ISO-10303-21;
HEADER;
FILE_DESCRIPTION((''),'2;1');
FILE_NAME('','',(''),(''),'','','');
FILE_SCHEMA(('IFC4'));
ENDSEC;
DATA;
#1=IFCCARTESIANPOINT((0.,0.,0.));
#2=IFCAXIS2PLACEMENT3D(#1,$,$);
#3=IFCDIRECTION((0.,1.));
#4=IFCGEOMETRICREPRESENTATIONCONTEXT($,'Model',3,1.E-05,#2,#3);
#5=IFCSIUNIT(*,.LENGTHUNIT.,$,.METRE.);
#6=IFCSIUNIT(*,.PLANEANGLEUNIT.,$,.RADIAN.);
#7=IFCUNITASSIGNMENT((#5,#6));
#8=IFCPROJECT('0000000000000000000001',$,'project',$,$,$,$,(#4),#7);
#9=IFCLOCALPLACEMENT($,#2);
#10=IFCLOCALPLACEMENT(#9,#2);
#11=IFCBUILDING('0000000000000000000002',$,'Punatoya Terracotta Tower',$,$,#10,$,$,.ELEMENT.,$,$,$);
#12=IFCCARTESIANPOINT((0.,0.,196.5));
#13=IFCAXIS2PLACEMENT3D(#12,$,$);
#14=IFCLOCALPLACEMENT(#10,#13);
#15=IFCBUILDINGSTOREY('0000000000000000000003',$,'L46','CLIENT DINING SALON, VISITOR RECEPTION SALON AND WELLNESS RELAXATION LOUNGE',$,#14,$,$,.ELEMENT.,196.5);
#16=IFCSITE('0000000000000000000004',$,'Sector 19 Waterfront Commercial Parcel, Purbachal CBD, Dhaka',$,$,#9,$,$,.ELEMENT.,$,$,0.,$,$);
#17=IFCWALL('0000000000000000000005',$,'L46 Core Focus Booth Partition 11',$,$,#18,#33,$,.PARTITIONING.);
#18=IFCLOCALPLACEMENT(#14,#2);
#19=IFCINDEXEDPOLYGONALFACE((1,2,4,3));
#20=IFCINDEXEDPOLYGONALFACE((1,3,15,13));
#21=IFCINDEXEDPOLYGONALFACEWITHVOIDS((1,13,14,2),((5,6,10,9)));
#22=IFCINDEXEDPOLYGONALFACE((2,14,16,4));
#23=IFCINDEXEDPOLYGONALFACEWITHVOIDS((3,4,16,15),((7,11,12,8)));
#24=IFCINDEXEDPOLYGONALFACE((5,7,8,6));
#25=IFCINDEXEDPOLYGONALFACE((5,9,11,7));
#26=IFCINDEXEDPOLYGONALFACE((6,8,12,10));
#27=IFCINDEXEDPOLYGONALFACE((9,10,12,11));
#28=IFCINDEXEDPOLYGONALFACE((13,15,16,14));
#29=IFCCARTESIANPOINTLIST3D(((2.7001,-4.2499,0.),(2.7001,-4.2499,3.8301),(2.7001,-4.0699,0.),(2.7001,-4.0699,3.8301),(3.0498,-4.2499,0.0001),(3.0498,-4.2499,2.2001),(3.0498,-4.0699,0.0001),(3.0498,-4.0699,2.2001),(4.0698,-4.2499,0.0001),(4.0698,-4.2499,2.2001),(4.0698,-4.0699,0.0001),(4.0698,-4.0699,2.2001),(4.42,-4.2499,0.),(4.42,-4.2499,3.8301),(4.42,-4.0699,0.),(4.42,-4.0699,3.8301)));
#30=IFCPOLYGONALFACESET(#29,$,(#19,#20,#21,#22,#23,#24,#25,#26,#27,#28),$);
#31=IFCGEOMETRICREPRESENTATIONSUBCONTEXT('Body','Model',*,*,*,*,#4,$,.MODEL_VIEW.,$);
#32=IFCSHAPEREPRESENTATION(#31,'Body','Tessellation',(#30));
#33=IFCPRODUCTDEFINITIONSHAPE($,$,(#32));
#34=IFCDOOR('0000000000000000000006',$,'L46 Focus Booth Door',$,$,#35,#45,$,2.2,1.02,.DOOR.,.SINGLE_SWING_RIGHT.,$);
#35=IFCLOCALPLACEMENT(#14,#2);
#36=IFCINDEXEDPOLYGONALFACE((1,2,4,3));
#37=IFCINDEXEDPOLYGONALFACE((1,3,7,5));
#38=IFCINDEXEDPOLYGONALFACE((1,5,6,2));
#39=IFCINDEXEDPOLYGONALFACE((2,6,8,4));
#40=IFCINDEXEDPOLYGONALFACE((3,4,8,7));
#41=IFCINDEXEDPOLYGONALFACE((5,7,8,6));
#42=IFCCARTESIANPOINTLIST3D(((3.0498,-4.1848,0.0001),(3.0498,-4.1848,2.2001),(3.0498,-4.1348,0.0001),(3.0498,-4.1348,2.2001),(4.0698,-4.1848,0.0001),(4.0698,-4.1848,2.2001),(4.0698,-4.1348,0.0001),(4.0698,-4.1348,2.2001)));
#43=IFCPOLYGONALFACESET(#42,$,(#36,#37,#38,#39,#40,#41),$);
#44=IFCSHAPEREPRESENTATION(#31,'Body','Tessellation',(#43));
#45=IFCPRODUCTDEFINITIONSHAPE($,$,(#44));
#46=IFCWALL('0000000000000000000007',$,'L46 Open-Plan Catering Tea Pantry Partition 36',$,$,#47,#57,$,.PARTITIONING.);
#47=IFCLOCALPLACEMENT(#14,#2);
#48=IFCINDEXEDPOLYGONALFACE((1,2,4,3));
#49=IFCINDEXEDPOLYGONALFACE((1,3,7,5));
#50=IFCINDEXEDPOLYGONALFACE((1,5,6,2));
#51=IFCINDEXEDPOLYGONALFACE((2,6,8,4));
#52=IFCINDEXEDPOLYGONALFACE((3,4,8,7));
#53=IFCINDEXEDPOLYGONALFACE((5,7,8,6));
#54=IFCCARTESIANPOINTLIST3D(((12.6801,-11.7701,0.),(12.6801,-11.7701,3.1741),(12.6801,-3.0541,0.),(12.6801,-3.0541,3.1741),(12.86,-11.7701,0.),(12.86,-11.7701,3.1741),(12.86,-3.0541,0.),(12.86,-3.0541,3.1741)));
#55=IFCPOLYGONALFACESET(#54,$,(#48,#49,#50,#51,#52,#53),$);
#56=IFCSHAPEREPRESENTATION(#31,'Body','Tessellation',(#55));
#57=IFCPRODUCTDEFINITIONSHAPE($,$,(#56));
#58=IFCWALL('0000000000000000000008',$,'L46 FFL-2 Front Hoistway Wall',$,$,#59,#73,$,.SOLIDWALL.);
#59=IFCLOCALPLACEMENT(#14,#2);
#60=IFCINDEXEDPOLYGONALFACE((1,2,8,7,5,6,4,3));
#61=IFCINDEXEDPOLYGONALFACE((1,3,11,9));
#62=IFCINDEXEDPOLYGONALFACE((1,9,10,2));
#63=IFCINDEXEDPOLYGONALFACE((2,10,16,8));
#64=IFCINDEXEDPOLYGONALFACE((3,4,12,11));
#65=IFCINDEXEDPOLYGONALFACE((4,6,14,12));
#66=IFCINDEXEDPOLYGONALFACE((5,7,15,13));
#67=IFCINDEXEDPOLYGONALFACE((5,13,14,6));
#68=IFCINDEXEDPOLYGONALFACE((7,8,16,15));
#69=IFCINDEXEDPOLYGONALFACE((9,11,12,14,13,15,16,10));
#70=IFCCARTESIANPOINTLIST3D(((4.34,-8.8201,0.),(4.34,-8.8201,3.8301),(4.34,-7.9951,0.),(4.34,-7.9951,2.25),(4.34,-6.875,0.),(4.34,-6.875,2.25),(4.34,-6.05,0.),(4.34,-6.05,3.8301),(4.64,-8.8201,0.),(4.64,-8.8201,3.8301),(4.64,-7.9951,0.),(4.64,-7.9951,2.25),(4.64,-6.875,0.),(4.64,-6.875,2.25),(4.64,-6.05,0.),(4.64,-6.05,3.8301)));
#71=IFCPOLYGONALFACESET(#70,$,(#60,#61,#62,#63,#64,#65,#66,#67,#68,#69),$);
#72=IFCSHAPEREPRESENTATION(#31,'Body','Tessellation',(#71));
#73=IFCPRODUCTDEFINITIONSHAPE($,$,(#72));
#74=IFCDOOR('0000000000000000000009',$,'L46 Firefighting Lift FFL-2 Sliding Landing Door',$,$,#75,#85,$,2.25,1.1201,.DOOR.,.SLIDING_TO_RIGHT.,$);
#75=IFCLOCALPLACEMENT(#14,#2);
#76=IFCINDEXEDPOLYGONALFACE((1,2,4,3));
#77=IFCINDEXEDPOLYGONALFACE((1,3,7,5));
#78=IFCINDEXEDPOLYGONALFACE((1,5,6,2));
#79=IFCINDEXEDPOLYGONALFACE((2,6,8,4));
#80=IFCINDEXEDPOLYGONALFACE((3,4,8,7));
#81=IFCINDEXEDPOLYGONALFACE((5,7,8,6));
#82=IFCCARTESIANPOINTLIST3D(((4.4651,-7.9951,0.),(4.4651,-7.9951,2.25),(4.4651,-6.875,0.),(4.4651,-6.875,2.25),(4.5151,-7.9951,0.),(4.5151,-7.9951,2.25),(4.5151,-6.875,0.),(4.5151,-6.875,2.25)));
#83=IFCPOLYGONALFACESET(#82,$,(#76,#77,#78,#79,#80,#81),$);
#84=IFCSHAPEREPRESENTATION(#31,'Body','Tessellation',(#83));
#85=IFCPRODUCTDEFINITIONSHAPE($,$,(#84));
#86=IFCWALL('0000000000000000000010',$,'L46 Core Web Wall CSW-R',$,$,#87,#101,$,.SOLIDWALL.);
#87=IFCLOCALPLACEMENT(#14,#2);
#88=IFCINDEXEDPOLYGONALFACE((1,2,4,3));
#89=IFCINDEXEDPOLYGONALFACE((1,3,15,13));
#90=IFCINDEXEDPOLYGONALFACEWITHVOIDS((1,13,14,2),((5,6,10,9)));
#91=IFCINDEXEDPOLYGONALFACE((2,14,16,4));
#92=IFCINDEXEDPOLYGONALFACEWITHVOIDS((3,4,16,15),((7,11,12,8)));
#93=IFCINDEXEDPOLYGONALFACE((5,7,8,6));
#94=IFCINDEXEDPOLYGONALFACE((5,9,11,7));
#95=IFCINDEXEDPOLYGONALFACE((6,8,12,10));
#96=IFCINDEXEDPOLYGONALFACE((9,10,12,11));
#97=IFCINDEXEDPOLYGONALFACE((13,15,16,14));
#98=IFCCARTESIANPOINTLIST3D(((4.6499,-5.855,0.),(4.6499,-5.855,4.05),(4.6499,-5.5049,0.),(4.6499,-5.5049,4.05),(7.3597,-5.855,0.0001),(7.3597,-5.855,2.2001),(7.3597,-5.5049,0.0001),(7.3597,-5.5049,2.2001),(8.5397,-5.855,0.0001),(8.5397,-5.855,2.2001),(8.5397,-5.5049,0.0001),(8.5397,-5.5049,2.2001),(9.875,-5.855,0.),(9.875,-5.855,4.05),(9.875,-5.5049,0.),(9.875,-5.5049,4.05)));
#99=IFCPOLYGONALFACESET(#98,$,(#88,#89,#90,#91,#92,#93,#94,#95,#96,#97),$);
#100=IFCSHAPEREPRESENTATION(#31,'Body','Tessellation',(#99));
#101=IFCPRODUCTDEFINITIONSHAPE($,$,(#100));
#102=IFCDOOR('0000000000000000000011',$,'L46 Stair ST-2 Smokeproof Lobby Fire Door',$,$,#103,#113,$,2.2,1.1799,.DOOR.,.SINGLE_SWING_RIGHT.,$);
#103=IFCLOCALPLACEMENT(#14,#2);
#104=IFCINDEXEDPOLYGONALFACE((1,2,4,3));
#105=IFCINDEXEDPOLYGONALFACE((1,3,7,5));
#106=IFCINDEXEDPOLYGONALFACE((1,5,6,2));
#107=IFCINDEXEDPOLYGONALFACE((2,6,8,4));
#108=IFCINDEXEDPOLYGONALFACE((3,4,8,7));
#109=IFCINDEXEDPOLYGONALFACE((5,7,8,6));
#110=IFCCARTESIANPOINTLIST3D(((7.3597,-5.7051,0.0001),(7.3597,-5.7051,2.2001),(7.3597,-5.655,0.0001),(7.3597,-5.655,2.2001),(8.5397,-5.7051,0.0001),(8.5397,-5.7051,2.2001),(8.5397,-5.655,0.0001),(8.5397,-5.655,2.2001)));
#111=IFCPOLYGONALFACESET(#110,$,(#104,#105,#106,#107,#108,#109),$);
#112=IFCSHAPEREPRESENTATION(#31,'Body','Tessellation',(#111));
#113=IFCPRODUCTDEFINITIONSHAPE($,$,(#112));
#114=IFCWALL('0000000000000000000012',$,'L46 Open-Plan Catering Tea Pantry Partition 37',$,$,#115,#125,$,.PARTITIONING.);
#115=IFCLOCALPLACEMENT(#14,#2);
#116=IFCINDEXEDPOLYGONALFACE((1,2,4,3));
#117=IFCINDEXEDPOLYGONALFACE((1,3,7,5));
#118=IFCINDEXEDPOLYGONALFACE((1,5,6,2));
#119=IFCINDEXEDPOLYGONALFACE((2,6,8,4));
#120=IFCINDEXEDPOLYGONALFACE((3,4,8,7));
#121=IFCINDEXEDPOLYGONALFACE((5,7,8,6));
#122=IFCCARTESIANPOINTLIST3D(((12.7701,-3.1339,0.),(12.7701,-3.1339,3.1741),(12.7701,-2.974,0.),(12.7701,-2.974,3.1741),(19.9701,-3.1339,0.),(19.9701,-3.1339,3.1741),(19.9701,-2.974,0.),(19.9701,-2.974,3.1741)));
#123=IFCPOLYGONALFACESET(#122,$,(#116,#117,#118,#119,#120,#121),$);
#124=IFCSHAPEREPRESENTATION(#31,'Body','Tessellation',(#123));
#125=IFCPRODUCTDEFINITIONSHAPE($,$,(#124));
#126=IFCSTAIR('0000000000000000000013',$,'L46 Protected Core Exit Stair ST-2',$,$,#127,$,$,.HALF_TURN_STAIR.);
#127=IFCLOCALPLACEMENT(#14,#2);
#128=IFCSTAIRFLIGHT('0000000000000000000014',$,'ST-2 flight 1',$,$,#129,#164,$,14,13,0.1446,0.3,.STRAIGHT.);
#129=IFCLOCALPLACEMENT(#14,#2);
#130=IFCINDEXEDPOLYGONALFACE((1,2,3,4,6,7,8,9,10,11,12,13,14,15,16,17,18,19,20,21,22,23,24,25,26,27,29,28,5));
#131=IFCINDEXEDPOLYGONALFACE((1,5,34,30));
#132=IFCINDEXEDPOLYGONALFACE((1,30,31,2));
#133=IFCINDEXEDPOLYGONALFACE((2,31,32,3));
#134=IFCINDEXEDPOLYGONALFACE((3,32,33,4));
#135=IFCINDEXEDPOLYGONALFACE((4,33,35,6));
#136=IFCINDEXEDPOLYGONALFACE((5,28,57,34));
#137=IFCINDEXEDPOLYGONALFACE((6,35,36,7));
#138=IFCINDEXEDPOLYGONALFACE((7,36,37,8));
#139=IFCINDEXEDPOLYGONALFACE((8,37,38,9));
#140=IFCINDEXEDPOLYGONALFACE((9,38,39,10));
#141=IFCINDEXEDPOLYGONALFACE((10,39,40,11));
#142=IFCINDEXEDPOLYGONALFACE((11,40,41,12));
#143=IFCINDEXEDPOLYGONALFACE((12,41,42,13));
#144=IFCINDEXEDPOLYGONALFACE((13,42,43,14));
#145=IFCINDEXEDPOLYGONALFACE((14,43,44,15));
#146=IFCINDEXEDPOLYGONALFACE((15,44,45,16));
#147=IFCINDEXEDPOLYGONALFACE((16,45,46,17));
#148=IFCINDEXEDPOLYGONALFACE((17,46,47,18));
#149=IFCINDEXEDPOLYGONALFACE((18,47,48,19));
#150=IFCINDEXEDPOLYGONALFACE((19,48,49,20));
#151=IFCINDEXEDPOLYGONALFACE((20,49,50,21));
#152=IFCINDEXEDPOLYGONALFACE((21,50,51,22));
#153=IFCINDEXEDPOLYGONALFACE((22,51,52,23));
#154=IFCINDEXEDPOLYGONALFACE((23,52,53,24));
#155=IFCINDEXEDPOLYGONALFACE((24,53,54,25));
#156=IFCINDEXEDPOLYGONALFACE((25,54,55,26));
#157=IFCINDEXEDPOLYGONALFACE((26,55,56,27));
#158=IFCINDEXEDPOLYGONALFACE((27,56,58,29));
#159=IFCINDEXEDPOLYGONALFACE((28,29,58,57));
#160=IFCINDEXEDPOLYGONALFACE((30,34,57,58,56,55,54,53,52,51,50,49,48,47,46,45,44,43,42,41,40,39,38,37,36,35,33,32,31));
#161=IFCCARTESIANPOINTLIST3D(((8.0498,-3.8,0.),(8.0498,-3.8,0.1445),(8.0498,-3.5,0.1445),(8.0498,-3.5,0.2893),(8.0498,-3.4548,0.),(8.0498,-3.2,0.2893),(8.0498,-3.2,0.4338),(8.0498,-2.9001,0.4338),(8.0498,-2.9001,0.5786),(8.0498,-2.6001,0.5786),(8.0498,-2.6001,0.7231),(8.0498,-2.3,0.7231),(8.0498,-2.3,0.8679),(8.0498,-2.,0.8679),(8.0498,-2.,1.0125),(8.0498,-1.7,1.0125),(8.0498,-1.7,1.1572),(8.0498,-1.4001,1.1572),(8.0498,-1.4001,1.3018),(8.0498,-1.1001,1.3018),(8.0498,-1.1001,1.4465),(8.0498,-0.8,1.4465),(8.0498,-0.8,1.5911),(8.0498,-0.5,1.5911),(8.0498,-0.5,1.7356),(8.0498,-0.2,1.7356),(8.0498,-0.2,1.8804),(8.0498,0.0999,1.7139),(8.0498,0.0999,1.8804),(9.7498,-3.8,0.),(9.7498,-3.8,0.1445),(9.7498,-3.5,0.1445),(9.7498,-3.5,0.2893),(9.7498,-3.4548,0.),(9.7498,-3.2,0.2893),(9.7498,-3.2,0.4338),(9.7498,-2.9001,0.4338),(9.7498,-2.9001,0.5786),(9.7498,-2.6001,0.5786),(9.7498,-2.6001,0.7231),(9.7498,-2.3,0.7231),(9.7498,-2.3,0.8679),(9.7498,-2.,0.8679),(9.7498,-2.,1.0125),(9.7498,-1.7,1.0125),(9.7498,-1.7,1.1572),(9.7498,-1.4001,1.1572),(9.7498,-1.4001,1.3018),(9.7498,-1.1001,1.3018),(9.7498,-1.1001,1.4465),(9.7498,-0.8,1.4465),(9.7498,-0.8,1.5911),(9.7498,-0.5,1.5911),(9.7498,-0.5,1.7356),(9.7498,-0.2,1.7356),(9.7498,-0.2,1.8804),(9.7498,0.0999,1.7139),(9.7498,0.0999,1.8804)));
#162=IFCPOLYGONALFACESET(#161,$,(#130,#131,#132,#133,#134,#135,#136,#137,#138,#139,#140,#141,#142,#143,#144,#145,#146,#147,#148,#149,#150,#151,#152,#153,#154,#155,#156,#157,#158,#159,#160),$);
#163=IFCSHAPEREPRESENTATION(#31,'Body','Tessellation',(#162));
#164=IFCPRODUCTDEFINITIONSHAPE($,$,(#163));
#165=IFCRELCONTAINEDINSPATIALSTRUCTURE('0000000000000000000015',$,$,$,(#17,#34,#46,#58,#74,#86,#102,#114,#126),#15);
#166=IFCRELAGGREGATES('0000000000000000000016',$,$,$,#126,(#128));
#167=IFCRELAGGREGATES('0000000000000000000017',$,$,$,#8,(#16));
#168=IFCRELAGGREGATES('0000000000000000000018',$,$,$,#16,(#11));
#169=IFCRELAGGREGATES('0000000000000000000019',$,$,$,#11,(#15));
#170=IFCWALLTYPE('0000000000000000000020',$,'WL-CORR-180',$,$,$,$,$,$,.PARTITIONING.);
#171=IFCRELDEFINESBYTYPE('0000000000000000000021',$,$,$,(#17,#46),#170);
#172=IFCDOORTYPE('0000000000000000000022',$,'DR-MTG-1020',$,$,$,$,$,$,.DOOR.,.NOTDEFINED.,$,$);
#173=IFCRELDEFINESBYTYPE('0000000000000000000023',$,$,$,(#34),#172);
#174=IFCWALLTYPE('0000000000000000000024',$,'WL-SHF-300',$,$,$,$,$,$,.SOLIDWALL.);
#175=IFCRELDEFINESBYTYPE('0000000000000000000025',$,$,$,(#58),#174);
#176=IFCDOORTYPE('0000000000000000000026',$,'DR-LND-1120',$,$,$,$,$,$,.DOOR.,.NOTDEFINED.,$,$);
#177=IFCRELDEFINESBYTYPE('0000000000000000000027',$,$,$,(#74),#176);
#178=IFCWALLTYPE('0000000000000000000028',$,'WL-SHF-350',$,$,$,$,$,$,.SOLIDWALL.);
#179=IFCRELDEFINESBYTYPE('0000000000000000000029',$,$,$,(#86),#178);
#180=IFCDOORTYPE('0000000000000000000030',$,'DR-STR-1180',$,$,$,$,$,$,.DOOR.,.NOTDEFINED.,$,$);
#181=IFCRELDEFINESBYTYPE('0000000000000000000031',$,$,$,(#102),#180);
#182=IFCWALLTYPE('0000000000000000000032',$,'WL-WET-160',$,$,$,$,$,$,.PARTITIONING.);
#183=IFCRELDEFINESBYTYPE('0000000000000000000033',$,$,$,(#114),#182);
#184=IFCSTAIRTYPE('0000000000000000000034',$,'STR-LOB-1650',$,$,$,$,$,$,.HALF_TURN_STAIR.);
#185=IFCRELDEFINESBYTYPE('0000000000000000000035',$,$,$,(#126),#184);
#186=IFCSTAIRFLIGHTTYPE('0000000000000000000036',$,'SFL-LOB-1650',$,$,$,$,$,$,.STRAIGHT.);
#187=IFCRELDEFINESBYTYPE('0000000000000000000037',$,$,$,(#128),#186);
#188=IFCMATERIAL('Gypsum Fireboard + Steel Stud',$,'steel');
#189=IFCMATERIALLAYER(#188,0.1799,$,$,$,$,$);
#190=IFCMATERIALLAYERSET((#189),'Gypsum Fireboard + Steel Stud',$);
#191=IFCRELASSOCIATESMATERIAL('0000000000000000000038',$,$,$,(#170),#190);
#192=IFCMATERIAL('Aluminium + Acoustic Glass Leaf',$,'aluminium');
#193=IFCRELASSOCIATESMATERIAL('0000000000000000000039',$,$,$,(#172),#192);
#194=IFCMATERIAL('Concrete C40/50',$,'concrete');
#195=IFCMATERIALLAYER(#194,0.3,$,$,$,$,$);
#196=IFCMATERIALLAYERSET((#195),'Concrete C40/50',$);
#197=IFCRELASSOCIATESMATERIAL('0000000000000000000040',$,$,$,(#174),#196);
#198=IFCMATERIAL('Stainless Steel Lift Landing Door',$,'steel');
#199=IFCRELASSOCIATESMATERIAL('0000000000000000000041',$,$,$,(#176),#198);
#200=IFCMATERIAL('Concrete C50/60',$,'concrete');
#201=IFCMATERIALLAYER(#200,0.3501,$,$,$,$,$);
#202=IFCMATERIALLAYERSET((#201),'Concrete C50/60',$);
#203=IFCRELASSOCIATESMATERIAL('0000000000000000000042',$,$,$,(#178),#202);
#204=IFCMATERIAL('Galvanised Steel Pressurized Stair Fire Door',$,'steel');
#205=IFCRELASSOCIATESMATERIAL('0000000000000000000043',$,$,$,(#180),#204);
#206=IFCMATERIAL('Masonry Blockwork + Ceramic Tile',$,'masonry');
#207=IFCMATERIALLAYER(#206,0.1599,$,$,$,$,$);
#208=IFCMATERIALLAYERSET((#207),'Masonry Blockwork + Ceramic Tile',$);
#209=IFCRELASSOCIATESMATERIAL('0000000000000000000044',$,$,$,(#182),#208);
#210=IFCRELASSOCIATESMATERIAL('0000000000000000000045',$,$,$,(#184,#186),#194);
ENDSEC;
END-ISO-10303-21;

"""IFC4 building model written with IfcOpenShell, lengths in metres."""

from ifc_helpers import new_model, si_unit, direction, frame, frame_2d, origin, place, context, subcontext, project, spatial, polyline, rectangle, outline, extrude, material, layer, layer_set, type_object, element, fill, aggregate, save


model = new_model("IFC4")

# Units and contexts
model_context = context("Model", 3, precision=1e-05, world=origin(), true_north=direction((0.0, 1.0)))
body_context = subcontext(model_context, "Body", "Model", "MODEL_VIEW")
ifc_project = project(units=[si_unit("LENGTHUNIT", "METRE"), si_unit("PLANEANGLEUNIT", "RADIAN")], contexts=[model_context])

# Site, building, storey
site_placement = place(None, origin())
site = spatial("IfcSite", under=ifc_project, at=site_placement, Name="Sector 19 Waterfront Commercial Parcel, Purbachal CBD, Dhaka", CompositionType="ELEMENT", RefElevation=0.0)
building_placement = place(site_placement, origin())
building = spatial("IfcBuilding", under=site, at=building_placement, Name="Punatoya Terracotta Tower", CompositionType="ELEMENT")
storey_placement = place(building_placement, frame((0.0, 0.0, 196.5)))
storey = spatial("IfcBuildingStorey", under=building, at=storey_placement, Name="L46", Description="CLIENT DINING SALON, VISITOR RECEPTION SALON AND WELLNESS RELAXATION LOUNGE", CompositionType="ELEMENT", Elevation=196.5)

# Shared definitions
ifc_material_1 = material(Name="Gypsum Fireboard + Steel Stud", Category="steel")
ifc_layer_1 = layer(ifc_material_1, 0.1799)
ifc_layer_set_1 = layer_set([ifc_layer_1], Name="Gypsum Fireboard + Steel Stud")
wall_type_1 = type_object("IfcWallType", Name="WL-CORR-180", PredefinedType="PARTITIONING", material=ifc_layer_set_1)

# Wall, opening, door
wall_1_placement = place(storey_placement, frame((4.4199, -4.1599, 0.0), z_axis=(0.0, 0.0, 1.0), x_axis=(-1.0, 0.0, 0.0)))
wall_1 = element("IfcWall", 1, at=wall_1_placement, inside=storey, type_object=wall_type_1, Name="L46 Core Focus Booth Partition 11", PredefinedType="PARTITIONING", context=body_context, shape_type="SweptSolid", body=[
    extrude(rectangle(XDim=1.72, YDim=0.1799, at=frame_2d((0.8599, 0.0))), origin(), (0.0, 0.0, 1.0), 3.8301),
])
opening_1_placement = place(wall_1_placement, frame((0.3501, 0.0, 0.0)))
opening_1 = element("IfcOpeningElement", 2, at=opening_1_placement, cuts=wall_1, PredefinedType="OPENING", context=body_context, shape_type="SweptSolid", body=[
    extrude(rectangle(XDim=1.02, YDim=2.2, at=frame_2d((0.51, 1.1001))), frame((0.0, 0.0999, 0.0), z_axis=(0.0, -1.0, 0.0), x_axis=(1.0, 0.0, 0.0)), (0.0, 0.0, 1.0), 0.2),
])
ifc_material_2 = material(Name="Aluminium + Acoustic Glass Leaf", Category="aluminium")
door_type_1 = type_object("IfcDoorType", Name="DR-MTG-1020", OperationType="NOTDEFINED", PredefinedType="DOOR", material=ifc_material_2)
door_1_placement = place(opening_1_placement, origin())
door_1 = element("IfcDoor", 3, at=door_1_placement, inside=storey, type_object=door_type_1, Name="L46 Focus Booth Door", OperationType="SINGLE_SWING_RIGHT", OverallHeight=2.2, OverallWidth=1.02, PredefinedType="DOOR", context=body_context, shape_type="SweptSolid", body=[
    extrude(rectangle(XDim=1.02, YDim=2.2, at=frame_2d((0.51, 1.1001))), frame((0.0, 0.0249, 0.0), z_axis=(0.0, -1.0, 0.0), x_axis=(1.0, 0.0, 0.0)), (0.0, 0.0, 1.0), 0.05),
])
fill(opening_1, door_1)

# Wall
wall_2_placement = place(storey_placement, frame((12.77, -11.77, 0.0), z_axis=(0.0, 0.0, 1.0), x_axis=(0.0, 1.0, 0.0)))
element("IfcWall", 4, at=wall_2_placement, inside=storey, type_object=wall_type_1, Name="L46 Open-Plan Catering Tea Pantry Partition 36", PredefinedType="PARTITIONING", context=body_context, shape_type="SweptSolid", body=[
    extrude(rectangle(XDim=8.7161, YDim=0.1799, at=frame_2d((4.3579, 0.0))), origin(), (0.0, 0.0, 1.0), 3.1741),
])

# Walls, openings, doors
ifc_material_3 = material(Name="Concrete C40/50", Category="concrete")
ifc_layer_2 = layer(ifc_material_3, 0.3)
ifc_layer_set_2 = layer_set([ifc_layer_2], Name="Concrete C40/50")
wall_type_2 = type_object("IfcWallType", Name="WL-SHF-300", PredefinedType="SOLIDWALL", material=ifc_layer_set_2)
wall_3_placement = place(storey_placement, frame((4.49, -8.8201, 0.0), z_axis=(0.0, 0.0, 1.0), x_axis=(0.0, 1.0, 0.0)))
wall_3 = element("IfcWall", 5, at=wall_3_placement, inside=storey, type_object=wall_type_2, Name="L46 FFL-2 Front Hoistway Wall", PredefinedType="SOLIDWALL", context=body_context, shape_type="SweptSolid", body=[
    extrude(rectangle(XDim=2.77, YDim=0.3, at=frame_2d((1.385, 0.0))), origin(), (0.0, 0.0, 1.0), 3.8301),
])
opening_2_placement = place(wall_3_placement, frame((0.825, 0.0, 0.0)))
opening_2 = element("IfcOpeningElement", 6, at=opening_2_placement, cuts=wall_3, PredefinedType="OPENING", context=body_context, shape_type="SweptSolid", body=[
    extrude(rectangle(XDim=1.1201, YDim=2.25, at=frame_2d((0.5601, 1.125))), frame((0.0, 0.1599, 0.0), z_axis=(0.0, -1.0, 0.0), x_axis=(1.0, 0.0, 0.0)), (0.0, 0.0, 1.0), 0.3201),
])
ifc_material_4 = material(Name="Stainless Steel Lift Landing Door", Category="steel")
door_type_2 = type_object("IfcDoorType", Name="DR-LND-1120", OperationType="NOTDEFINED", PredefinedType="DOOR", material=ifc_material_4)
door_2_placement = place(opening_2_placement, origin())
door_2 = element("IfcDoor", 7, at=door_2_placement, inside=storey, type_object=door_type_2, Name="L46 Firefighting Lift FFL-2 Sliding Landing Door", OperationType="SLIDING_TO_RIGHT", OverallHeight=2.25, OverallWidth=1.1201, PredefinedType="DOOR", context=body_context, shape_type="SweptSolid", body=[
    extrude(rectangle(XDim=1.1201, YDim=2.25, at=frame_2d((0.5601, 1.125))), frame((0.0, 0.0249, 0.0), z_axis=(0.0, -1.0, 0.0), x_axis=(1.0, 0.0, 0.0)), (0.0, 0.0, 1.0), 0.05),
])
fill(opening_2, door_2)
ifc_material_5 = material(Name="Concrete C50/60", Category="concrete")
ifc_layer_3 = layer(ifc_material_5, 0.3501)
ifc_layer_set_3 = layer_set([ifc_layer_3], Name="Concrete C50/60")
wall_type_3 = type_object("IfcWallType", Name="WL-SHF-350", PredefinedType="SOLIDWALL", material=ifc_layer_set_3)
wall_4_placement = place(storey_placement, frame((4.6499, -5.6799, 0.0), z_axis=(0.0, 0.0, 1.0), x_axis=(1.0, 0.0, 0.0)))
wall_4 = element("IfcWall", 8, at=wall_4_placement, inside=storey, type_object=wall_type_3, Name="L46 Core Web Wall CSW-R", PredefinedType="SOLIDWALL", context=body_context, shape_type="SweptSolid", body=[
    extrude(rectangle(XDim=5.2251, YDim=0.3501, at=frame_2d((2.6125, 0.0))), origin(), (0.0, 0.0, 1.0), 4.05),
])
opening_3_placement = place(wall_4_placement, frame((2.71, 0.0, 0.0)))
opening_3 = element("IfcOpeningElement", 9, at=opening_3_placement, cuts=wall_4, PredefinedType="OPENING", context=body_context, shape_type="SweptSolid", body=[
    extrude(rectangle(XDim=1.1799, YDim=2.2, at=frame_2d((0.5898, 1.1001))), frame((0.0, 0.1851, 0.0), z_axis=(0.0, -1.0, 0.0), x_axis=(1.0, 0.0, 0.0)), (0.0, 0.0, 1.0), 0.3701),
])
ifc_material_6 = material(Name="Galvanised Steel Pressurized Stair Fire Door", Category="steel")
door_type_3 = type_object("IfcDoorType", Name="DR-STR-1180", OperationType="NOTDEFINED", PredefinedType="DOOR", material=ifc_material_6)
door_3_placement = place(opening_3_placement, origin())
door_3 = element("IfcDoor", 10, at=door_3_placement, inside=storey, type_object=door_type_3, Name="L46 Stair ST-2 Smokeproof Lobby Fire Door", OperationType="SINGLE_SWING_RIGHT", OverallHeight=2.2, OverallWidth=1.1799, PredefinedType="DOOR", context=body_context, shape_type="SweptSolid", body=[
    extrude(rectangle(XDim=1.1799, YDim=2.2, at=frame_2d((0.5898, 1.1001))), frame((0.0, 0.0249, 0.0), z_axis=(0.0, -1.0, 0.0), x_axis=(1.0, 0.0, 0.0)), (0.0, 0.0, 1.0), 0.05),
])
fill(opening_3, door_3)

# Wall
ifc_material_7 = material(Name="Masonry Blockwork + Ceramic Tile", Category="masonry")
ifc_layer_4 = layer(ifc_material_7, 0.1599)
ifc_layer_set_4 = layer_set([ifc_layer_4], Name="Masonry Blockwork + Ceramic Tile")
wall_type_4 = type_object("IfcWallType", Name="WL-WET-160", PredefinedType="PARTITIONING", material=ifc_layer_set_4)
wall_5_placement = place(storey_placement, frame((12.77, -3.054, 0.0), z_axis=(0.0, 0.0, 1.0), x_axis=(1.0, 0.0, 0.0)))
element("IfcWall", 11, at=wall_5_placement, inside=storey, type_object=wall_type_4, Name="L46 Open-Plan Catering Tea Pantry Partition 37", PredefinedType="PARTITIONING", context=body_context, shape_type="SweptSolid", body=[
    extrude(rectangle(XDim=7.2, YDim=0.1599, at=frame_2d((3.6001, 0.0))), origin(), (0.0, 0.0, 1.0), 3.1741),
])

# Stair, stair flight
stair_type = type_object("IfcStairType", Name="STR-LOB-1650", PredefinedType="HALF_TURN_STAIR", material=ifc_material_3)
stair_placement = place(storey_placement, origin())
stair = element("IfcStair", 12, at=stair_placement, inside=storey, type_object=stair_type, Name="L46 Protected Core Exit Stair ST-2", PredefinedType="HALF_TURN_STAIR")
stair_flight_type = type_object("IfcStairFlightType", Name="SFL-LOB-1650", PredefinedType="STRAIGHT", material=ifc_material_3)
stair_flight_placement = place(storey_placement, frame((8.8999, -3.8, 0.0), z_axis=(0.0, 0.0, 1.0), x_axis=(0.0, 1.0, 0.0)))
stair_flight = element("IfcStairFlight", 13, at=stair_flight_placement, type_object=stair_flight_type, Name="ST-2 flight 1", NumberOfRisers=14, NumberOfTreads=13, PredefinedType="STRAIGHT", RiserHeight=0.1446, TreadLength=0.3, context=body_context, shape_type="SweptSolid", body=[
    extrude(outline(polyline([(0.0, 0.0), (0.0, 0.1445), (0.3, 0.1445), (0.3, 0.2893), (0.6001, 0.2893), (0.6001, 0.4338), (0.8999, 0.4338), (0.8999, 0.5786), (1.2, 0.5786), (1.2, 0.7231), (1.5, 0.7231), (1.5, 0.8679), (1.8, 0.8679), (1.8, 1.0125), (2.1001, 1.0125), (2.1001, 1.1572), (2.3999, 1.1572), (2.3999, 1.3018), (2.7, 1.3018), (2.7, 1.4465), (3.0, 1.4465), (3.0, 1.5911), (3.3, 1.5911), (3.3, 1.7356), (3.6001, 1.7356), (3.6001, 1.8804), (3.8999, 1.8804), (3.8999, 2.0249), (3.8999, 1.7139), (0.3452, 0.0), (0.0, 0.0)])), frame((0.0, 0.8501, 0.0), z_axis=(0.0, -1.0, 0.0), x_axis=(1.0, 0.0, 0.0)), (0.0, 0.0, 1.0), 1.7),
])
aggregate(stair, [stair_flight])

save(model, "model.ifc")
